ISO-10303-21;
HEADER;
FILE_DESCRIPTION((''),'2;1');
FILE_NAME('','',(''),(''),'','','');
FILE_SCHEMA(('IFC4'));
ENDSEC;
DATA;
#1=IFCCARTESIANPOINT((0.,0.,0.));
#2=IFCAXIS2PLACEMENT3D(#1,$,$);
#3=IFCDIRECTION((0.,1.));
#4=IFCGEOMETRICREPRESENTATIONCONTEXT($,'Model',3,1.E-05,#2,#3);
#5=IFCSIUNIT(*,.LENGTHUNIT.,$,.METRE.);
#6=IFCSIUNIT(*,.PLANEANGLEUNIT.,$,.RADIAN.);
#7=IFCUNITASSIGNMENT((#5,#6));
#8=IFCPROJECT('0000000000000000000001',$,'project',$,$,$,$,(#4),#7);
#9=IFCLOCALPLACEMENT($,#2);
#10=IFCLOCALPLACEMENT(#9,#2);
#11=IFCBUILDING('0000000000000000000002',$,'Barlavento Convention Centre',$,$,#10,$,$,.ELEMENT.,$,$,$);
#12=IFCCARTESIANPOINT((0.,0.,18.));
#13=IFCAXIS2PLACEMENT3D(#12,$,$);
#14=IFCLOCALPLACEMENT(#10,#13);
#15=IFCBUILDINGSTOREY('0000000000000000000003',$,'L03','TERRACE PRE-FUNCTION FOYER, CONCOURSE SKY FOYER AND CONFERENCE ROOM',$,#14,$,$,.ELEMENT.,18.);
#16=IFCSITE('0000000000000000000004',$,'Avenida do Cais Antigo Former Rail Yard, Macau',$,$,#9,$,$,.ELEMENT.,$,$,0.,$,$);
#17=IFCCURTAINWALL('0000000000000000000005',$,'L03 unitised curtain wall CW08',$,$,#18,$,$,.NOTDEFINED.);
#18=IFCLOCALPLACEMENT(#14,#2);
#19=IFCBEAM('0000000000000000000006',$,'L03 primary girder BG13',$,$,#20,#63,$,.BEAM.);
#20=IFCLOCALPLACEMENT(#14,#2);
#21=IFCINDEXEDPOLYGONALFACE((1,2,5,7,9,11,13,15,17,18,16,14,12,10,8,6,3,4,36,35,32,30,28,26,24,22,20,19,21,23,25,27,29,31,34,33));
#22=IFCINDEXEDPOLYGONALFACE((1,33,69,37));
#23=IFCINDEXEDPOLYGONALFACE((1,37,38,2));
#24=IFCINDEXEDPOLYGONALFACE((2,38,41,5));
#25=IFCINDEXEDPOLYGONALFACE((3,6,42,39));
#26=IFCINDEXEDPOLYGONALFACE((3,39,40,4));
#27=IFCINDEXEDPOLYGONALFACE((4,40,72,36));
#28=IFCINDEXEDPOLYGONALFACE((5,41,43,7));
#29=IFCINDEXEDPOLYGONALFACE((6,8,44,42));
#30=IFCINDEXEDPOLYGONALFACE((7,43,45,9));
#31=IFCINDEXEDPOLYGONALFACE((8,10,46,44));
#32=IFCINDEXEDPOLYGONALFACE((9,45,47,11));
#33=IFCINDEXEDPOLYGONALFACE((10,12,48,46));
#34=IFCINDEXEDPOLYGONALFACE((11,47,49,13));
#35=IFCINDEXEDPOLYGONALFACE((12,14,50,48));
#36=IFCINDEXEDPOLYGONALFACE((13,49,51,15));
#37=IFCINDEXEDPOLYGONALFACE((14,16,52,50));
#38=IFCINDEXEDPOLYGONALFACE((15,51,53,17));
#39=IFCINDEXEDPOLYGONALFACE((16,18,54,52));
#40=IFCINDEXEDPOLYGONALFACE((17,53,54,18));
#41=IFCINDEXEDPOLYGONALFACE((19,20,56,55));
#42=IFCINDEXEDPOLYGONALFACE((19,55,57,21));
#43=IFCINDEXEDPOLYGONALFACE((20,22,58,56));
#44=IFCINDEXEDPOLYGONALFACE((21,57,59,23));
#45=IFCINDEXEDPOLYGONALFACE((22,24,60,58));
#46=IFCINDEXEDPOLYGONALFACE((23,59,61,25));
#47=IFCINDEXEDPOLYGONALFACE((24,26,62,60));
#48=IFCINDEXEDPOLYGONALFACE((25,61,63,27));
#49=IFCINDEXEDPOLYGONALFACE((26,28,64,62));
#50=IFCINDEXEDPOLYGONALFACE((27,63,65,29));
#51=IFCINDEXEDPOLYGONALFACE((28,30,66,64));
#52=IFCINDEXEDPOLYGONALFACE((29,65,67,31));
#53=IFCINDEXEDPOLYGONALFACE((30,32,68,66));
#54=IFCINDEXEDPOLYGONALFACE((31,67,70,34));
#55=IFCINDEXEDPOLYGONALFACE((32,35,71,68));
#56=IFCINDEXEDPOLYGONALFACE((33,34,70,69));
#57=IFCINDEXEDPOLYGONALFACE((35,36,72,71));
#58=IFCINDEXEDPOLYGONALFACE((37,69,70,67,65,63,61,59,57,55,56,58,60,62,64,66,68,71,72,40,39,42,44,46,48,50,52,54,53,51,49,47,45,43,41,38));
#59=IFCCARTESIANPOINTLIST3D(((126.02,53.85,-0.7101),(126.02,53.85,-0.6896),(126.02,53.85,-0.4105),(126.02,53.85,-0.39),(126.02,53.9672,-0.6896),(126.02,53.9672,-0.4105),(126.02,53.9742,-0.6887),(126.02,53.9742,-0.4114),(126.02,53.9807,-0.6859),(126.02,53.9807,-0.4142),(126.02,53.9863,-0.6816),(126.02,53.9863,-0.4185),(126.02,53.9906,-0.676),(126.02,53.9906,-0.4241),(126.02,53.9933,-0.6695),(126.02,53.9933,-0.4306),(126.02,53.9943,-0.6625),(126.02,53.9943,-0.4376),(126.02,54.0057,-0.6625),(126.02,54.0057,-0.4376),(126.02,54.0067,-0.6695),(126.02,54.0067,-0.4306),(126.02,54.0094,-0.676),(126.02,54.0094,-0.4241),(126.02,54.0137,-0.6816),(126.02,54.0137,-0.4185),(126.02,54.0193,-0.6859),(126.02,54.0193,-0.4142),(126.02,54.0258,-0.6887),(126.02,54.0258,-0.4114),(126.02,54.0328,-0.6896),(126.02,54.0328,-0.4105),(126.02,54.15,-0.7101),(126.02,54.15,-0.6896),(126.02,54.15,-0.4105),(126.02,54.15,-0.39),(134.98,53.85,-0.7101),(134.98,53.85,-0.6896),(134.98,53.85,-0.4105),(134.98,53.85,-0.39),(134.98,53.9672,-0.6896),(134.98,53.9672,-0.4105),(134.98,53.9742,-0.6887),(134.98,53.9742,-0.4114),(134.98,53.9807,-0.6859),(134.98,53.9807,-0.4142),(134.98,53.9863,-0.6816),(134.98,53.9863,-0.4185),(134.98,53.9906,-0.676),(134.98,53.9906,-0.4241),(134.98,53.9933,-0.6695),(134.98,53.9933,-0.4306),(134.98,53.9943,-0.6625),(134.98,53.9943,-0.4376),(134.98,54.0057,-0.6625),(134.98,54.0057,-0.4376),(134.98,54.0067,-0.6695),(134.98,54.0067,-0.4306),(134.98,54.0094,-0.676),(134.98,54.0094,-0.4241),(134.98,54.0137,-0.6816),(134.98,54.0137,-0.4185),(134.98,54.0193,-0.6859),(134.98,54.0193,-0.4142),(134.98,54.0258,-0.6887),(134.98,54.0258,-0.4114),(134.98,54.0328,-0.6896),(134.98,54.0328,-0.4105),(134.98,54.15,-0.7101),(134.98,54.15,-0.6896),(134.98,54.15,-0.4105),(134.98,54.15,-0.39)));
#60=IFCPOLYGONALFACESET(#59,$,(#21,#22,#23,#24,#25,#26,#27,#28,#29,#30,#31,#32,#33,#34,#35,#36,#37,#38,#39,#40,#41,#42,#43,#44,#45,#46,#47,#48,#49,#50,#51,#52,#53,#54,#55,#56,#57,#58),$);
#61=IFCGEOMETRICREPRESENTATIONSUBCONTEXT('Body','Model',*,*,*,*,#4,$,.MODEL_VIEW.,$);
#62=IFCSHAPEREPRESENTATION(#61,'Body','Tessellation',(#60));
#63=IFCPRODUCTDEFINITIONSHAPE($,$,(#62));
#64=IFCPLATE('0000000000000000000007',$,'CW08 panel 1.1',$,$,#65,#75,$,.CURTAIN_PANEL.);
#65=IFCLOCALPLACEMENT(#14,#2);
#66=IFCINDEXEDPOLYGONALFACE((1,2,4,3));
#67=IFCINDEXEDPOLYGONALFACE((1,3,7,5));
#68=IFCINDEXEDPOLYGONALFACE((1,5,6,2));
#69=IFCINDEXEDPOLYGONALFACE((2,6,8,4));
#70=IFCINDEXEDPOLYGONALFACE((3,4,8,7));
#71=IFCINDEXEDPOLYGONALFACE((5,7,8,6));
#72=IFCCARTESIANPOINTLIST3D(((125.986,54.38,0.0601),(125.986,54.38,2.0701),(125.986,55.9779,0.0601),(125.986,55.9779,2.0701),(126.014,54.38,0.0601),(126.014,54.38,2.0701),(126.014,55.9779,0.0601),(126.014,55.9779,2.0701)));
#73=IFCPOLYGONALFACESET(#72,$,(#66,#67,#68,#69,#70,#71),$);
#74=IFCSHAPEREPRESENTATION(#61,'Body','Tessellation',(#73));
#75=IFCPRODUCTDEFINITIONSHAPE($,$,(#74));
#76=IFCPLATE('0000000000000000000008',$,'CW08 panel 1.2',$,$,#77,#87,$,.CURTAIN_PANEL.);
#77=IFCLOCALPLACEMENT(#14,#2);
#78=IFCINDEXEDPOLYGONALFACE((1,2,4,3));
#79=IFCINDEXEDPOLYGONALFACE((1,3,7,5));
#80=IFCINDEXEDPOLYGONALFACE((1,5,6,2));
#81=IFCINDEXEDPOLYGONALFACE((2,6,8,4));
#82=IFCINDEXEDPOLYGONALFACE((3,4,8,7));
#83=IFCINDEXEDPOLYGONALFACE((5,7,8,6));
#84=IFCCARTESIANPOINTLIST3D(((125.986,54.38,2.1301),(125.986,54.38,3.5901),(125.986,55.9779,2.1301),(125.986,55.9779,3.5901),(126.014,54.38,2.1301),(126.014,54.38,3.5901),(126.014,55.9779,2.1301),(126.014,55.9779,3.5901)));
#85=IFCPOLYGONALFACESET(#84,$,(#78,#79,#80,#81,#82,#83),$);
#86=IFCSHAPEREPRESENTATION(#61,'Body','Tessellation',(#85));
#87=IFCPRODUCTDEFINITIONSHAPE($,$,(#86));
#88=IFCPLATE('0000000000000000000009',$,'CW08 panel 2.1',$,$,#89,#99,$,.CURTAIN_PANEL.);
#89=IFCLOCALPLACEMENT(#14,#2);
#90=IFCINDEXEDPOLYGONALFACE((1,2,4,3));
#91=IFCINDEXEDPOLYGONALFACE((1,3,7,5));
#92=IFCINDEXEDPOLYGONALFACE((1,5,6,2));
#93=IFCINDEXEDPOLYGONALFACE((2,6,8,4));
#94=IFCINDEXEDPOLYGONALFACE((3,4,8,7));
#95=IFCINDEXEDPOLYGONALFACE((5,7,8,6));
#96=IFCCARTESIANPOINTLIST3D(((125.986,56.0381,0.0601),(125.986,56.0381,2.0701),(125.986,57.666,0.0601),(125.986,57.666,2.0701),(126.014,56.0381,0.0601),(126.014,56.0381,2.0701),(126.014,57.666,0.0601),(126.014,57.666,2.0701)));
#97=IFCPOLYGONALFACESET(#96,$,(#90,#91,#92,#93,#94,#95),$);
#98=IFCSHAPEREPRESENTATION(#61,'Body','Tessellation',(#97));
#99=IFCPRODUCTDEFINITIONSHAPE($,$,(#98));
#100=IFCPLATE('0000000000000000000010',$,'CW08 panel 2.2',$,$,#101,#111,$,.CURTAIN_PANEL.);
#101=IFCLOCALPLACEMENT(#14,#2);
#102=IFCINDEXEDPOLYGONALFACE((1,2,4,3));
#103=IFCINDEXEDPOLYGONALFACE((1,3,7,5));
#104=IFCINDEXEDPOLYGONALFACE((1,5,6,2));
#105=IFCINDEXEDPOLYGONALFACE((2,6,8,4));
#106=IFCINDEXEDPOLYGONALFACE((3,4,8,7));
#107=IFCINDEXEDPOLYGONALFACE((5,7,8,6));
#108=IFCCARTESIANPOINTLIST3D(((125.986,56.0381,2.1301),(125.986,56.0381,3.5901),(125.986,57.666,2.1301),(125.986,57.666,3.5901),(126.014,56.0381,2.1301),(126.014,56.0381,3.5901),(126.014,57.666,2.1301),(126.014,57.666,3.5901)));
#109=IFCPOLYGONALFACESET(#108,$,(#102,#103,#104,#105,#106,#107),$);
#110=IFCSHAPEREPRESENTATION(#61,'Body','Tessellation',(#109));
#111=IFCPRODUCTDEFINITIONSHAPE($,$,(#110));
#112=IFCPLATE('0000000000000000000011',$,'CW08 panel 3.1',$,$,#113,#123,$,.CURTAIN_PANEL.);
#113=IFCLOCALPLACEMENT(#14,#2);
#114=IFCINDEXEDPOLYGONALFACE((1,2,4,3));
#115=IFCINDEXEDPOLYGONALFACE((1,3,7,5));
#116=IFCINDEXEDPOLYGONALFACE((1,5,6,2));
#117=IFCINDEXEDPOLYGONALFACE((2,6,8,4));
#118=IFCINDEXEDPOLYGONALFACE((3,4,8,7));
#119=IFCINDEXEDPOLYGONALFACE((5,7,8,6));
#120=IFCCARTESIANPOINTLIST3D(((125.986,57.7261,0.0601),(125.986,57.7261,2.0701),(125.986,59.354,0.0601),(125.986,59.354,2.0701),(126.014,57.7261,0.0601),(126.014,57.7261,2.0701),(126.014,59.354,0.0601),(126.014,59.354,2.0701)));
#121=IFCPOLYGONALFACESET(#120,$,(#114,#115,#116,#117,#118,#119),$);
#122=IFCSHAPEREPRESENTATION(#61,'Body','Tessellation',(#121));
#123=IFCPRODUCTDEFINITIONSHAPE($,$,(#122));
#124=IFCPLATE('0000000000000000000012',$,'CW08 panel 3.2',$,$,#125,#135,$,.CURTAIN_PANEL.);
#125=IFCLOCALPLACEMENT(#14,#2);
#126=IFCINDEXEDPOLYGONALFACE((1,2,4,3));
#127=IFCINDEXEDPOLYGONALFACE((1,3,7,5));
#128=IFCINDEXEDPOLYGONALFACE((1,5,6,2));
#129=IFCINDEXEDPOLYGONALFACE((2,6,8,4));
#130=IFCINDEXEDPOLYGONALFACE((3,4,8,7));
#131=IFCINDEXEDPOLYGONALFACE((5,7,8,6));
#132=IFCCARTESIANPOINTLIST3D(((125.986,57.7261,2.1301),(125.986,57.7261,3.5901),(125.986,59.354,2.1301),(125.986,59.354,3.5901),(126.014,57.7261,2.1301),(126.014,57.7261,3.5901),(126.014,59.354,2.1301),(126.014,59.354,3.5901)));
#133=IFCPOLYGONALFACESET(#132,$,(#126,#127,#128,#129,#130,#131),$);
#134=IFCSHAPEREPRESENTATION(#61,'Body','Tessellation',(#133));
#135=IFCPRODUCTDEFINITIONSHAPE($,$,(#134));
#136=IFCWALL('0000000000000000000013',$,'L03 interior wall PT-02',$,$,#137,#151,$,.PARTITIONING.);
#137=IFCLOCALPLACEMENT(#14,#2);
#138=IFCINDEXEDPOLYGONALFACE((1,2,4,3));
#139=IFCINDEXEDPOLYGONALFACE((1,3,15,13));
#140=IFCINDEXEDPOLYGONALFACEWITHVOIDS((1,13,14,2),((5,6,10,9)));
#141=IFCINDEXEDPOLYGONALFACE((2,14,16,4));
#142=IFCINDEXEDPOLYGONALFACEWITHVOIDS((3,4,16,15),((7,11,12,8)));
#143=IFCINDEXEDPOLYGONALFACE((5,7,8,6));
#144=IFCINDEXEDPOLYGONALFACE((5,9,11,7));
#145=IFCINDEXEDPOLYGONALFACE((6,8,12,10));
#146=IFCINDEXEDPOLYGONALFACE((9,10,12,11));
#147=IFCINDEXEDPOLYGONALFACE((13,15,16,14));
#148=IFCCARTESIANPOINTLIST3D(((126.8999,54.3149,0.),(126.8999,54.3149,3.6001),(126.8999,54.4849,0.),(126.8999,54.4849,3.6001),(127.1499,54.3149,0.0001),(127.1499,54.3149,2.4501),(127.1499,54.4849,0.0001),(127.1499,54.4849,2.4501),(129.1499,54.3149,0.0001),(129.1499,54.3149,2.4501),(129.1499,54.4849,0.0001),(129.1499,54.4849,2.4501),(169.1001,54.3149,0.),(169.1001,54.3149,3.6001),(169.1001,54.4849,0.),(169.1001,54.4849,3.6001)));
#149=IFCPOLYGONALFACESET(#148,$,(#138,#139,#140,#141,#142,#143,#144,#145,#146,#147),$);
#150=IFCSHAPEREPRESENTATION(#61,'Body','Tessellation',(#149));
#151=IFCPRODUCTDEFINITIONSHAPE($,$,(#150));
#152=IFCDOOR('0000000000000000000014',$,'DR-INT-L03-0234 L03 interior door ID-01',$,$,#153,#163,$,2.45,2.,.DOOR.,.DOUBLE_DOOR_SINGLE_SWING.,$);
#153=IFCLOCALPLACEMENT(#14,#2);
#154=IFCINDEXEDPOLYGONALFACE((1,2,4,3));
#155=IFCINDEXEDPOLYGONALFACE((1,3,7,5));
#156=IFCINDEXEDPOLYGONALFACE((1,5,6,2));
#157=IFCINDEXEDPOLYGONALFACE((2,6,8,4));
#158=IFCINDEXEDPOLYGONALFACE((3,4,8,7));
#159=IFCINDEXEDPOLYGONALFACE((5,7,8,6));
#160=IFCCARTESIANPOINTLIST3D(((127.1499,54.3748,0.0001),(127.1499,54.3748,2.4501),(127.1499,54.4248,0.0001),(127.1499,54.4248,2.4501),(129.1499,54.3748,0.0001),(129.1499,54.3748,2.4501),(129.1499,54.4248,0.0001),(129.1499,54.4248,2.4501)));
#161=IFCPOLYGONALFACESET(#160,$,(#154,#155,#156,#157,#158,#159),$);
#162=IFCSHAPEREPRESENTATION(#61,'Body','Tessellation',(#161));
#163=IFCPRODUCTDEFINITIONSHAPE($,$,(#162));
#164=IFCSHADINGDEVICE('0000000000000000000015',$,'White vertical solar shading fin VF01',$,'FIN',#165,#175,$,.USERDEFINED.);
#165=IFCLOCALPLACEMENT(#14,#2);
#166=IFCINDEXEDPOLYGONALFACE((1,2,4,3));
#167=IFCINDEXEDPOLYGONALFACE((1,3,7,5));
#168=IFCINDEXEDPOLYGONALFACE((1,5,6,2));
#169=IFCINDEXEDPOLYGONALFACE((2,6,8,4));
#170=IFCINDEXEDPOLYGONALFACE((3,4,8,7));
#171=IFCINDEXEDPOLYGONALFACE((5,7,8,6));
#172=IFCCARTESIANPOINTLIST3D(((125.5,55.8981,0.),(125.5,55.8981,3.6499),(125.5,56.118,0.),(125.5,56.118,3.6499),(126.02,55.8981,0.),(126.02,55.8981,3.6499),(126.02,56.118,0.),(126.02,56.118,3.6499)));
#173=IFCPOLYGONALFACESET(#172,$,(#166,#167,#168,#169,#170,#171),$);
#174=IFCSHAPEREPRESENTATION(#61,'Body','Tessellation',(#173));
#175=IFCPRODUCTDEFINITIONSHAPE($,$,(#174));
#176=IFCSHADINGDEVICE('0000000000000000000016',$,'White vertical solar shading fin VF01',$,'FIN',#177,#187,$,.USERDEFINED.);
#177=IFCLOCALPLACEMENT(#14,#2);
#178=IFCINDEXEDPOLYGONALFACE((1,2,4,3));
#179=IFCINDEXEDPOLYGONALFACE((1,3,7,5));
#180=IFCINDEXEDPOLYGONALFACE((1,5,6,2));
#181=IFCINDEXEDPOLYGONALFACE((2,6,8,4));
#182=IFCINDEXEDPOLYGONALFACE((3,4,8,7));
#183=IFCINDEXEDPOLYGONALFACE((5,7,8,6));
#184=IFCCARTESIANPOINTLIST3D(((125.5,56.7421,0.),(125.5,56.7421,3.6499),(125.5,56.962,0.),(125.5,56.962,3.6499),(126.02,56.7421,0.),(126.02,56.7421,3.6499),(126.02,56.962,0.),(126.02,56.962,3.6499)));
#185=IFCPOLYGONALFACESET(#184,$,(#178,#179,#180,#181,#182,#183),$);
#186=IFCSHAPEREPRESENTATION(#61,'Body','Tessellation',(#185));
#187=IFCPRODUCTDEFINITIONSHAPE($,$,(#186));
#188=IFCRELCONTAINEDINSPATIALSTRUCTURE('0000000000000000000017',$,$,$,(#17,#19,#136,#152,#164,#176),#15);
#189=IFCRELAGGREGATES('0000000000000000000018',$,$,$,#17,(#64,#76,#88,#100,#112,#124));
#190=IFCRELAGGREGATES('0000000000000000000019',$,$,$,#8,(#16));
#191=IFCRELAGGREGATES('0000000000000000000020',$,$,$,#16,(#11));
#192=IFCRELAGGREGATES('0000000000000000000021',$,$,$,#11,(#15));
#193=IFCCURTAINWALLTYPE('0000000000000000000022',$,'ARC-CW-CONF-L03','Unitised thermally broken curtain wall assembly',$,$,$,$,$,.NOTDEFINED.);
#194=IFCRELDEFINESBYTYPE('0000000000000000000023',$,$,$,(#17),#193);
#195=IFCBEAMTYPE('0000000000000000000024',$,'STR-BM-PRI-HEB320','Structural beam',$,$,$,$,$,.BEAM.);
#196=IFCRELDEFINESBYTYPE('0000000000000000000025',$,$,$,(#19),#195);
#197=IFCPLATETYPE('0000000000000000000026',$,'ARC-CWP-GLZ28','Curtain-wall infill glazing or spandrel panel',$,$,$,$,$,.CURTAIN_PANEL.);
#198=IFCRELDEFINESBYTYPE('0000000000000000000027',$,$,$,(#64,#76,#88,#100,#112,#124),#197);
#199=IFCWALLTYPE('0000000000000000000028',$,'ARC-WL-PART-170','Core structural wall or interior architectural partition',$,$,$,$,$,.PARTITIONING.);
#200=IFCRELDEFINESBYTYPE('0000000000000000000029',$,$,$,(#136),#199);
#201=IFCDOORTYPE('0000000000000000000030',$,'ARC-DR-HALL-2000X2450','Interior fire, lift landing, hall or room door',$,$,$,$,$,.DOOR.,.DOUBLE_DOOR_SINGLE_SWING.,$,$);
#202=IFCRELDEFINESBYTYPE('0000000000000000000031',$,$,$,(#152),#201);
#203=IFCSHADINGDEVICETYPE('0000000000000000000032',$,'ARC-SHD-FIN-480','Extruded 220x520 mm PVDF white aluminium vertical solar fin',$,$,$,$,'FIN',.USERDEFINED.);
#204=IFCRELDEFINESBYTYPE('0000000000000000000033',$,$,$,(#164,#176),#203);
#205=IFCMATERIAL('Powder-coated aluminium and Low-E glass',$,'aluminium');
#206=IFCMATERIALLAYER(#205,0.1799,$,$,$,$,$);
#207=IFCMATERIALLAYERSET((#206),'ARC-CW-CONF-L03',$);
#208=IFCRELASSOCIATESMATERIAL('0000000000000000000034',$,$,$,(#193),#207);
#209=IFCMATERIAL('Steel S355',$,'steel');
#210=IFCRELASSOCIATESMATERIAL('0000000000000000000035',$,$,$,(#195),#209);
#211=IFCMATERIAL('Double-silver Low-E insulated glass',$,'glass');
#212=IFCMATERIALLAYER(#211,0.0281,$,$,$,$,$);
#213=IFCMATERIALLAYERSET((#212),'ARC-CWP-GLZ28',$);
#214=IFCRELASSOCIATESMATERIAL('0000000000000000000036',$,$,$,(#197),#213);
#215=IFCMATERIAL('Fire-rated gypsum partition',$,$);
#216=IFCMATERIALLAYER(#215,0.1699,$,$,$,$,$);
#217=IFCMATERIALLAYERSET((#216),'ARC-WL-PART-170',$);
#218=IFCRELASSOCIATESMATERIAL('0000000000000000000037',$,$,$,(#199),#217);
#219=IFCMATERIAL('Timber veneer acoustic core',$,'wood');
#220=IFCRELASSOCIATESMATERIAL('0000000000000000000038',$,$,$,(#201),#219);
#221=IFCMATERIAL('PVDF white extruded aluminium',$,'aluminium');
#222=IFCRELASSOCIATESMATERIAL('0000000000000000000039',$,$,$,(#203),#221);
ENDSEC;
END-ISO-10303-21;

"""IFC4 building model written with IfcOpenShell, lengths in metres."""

from ifc_helpers import new_model, si_unit, direction, frame, frame_2d, origin, origin_2d, place, context, subcontext, project, spatial, rectangle, i_section, extrude, material, layer, layer_set, material_profile, profile_set, type_object, element, fill, aggregate, save


model = new_model("IFC4")

# Units and contexts
model_context = context("Model", 3, precision=1e-05, world=origin(), true_north=direction((0.0, 1.0)))
body_context = subcontext(model_context, "Body", "Model", "MODEL_VIEW")
ifc_project = project(units=[si_unit("LENGTHUNIT", "METRE"), si_unit("PLANEANGLEUNIT", "RADIAN")], contexts=[model_context])

# Site, building, storey
site_placement = place(None, origin())
site = spatial("IfcSite", under=ifc_project, at=site_placement, Name="Avenida do Cais Antigo Former Rail Yard, Macau", CompositionType="ELEMENT", RefElevation=0.0)
building_placement = place(site_placement, origin())
building = spatial("IfcBuilding", under=site, at=building_placement, Name="Barlavento Convention Centre", CompositionType="ELEMENT")
storey_placement = place(building_placement, frame((0.0, 0.0, 18.0)))
storey = spatial("IfcBuildingStorey", under=building, at=storey_placement, Name="L03", Description="TERRACE PRE-FUNCTION FOYER, CONCOURSE SKY FOYER AND CONFERENCE ROOM", CompositionType="ELEMENT", Elevation=18.0)

# Shared definitions
ifc_material_1 = material(Name="Steel S355", Category="steel")

# Curtain wall
ifc_material_2 = material(Name="Powder-coated aluminium and Low-E glass", Category="aluminium")
ifc_layer_1 = layer(ifc_material_2, 0.1799)
ifc_layer_set_1 = layer_set([ifc_layer_1], Name="ARC-CW-CONF-L03")
curtain_wall_type = type_object("IfcCurtainWallType", Name="ARC-CW-CONF-L03", Description="Unitised thermally broken curtain wall assembly", PredefinedType="NOTDEFINED", material=ifc_layer_set_1)
curtain_wall_placement = place(storey_placement, origin())
curtain_wall = element("IfcCurtainWall", 1, at=curtain_wall_placement, inside=storey, type_object=curtain_wall_type, Name="L03 unitised curtain wall CW08", PredefinedType="NOTDEFINED")

# Beam
ifc_material_profile_1 = material_profile(ifc_material_1, i_section(OverallWidth=0.3, OverallDepth=0.3201, WebThickness=0.0115, FlangeThickness=0.0205, FilletRadius=0.0271, at=origin_2d()), Name="HEB 320")
ifc_profile_set_1 = profile_set([ifc_material_profile_1], Name="Steel S355")
beam_type_1 = type_object("IfcBeamType", Name="STR-BM-PRI-HEB320", Description="Structural beam", PredefinedType="BEAM", material=ifc_profile_set_1)
beam_1_placement = place(storey_placement, frame((126.02, 54.0, -0.55), z_axis=(1.0, 0.0, 0.0), x_axis=(0.0, 1.0, 0.0)))
element("IfcBeam", 2, at=beam_1_placement, inside=storey, type_object=beam_type_1, Name="L03 primary girder BG13", PredefinedType="BEAM", context=body_context, shape_type="SweptSolid", body=[
    extrude(i_section(OverallWidth=0.3, OverallDepth=0.3201, WebThickness=0.0115, FlangeThickness=0.0205, FilletRadius=0.0271, at=origin_2d()), origin(), (0.0, 0.0, 1.0), 8.96),
])

# Plates
ifc_material_3 = material(Name="Double-silver Low-E insulated glass", Category="glass")
ifc_layer_2 = layer(ifc_material_3, 0.0281)
ifc_layer_set_2 = layer_set([ifc_layer_2], Name="ARC-CWP-GLZ28")
plate_type = type_object("IfcPlateType", Name="ARC-CWP-GLZ28", Description="Curtain-wall infill glazing or spandrel panel", PredefinedType="CURTAIN_PANEL", material=ifc_layer_set_2)
plate_1_placement = place(storey_placement, frame((126.0, 55.179, 0.0601), z_axis=(0.0, 0.0, 1.0), x_axis=(0.0, 1.0, 0.0)))
plate_1 = element("IfcPlate", 3, at=plate_1_placement, type_object=plate_type, Name="CW08 panel 1.1", PredefinedType="CURTAIN_PANEL", context=body_context, shape_type="SweptSolid", body=[
    extrude(rectangle(XDim=1.5979, YDim=0.0281, at=origin_2d()), origin(), (0.0, 0.0, 1.0), 2.01),
])
plate_2_placement = place(storey_placement, frame((126.0, 55.179, 2.1301), z_axis=(0.0, 0.0, 1.0), x_axis=(0.0, 1.0, 0.0)))
plate_2 = element("IfcPlate", 4, at=plate_2_placement, type_object=plate_type, Name="CW08 panel 1.2", PredefinedType="CURTAIN_PANEL", context=body_context, shape_type="SweptSolid", body=[
    extrude(rectangle(XDim=1.5979, YDim=0.0281, at=origin_2d()), origin(), (0.0, 0.0, 1.0), 1.46),
])
plate_3_placement = place(storey_placement, frame((126.0, 56.8521, 0.0601), z_axis=(0.0, 0.0, 1.0), x_axis=(0.0, 1.0, 0.0)))
plate_3 = element("IfcPlate", 5, at=plate_3_placement, type_object=plate_type, Name="CW08 panel 2.1", PredefinedType="CURTAIN_PANEL", context=body_context, shape_type="SweptSolid", body=[
    extrude(rectangle(XDim=1.6279, YDim=0.0281, at=origin_2d()), origin(), (0.0, 0.0, 1.0), 2.01),
])
plate_4_placement = place(storey_placement, frame((126.0, 56.8521, 2.1301), z_axis=(0.0, 0.0, 1.0), x_axis=(0.0, 1.0, 0.0)))
plate_4 = element("IfcPlate", 6, at=plate_4_placement, type_object=plate_type, Name="CW08 panel 2.2", PredefinedType="CURTAIN_PANEL", context=body_context, shape_type="SweptSolid", body=[
    extrude(rectangle(XDim=1.6279, YDim=0.0281, at=origin_2d()), origin(), (0.0, 0.0, 1.0), 1.46),
])
plate_5_placement = place(storey_placement, frame((126.0, 58.54, 0.0601), z_axis=(0.0, 0.0, 1.0), x_axis=(0.0, 1.0, 0.0)))
plate_5 = element("IfcPlate", 7, at=plate_5_placement, type_object=plate_type, Name="CW08 panel 3.1", PredefinedType="CURTAIN_PANEL", context=body_context, shape_type="SweptSolid", body=[
    extrude(rectangle(XDim=1.6279, YDim=0.0281, at=origin_2d()), origin(), (0.0, 0.0, 1.0), 2.01),
])
plate_6_placement = place(storey_placement, frame((126.0, 58.54, 2.1301), z_axis=(0.0, 0.0, 1.0), x_axis=(0.0, 1.0, 0.0)))
plate_6 = element("IfcPlate", 8, at=plate_6_placement, type_object=plate_type, Name="CW08 panel 3.2", PredefinedType="CURTAIN_PANEL", context=body_context, shape_type="SweptSolid", body=[
    extrude(rectangle(XDim=1.6279, YDim=0.0281, at=origin_2d()), origin(), (0.0, 0.0, 1.0), 1.46),
])
aggregate(curtain_wall, [plate_1, plate_2, plate_3, plate_4, plate_5, plate_6])

# Wall, opening, door
ifc_material_4 = material(Name="Fire-rated gypsum partition")
ifc_layer_3 = layer(ifc_material_4, 0.1699)
ifc_layer_set_3 = layer_set([ifc_layer_3], Name="ARC-WL-PART-170")
wall_type = type_object("IfcWallType", Name="ARC-WL-PART-170", Description="Core structural wall or interior architectural partition", PredefinedType="PARTITIONING", material=ifc_layer_set_3)
wall_placement = place(storey_placement, frame((126.8999, 54.3999, 0.0), z_axis=(0.0, 0.0, 1.0), x_axis=(1.0, 0.0, 0.0)))
wall = element("IfcWall", 9, at=wall_placement, inside=storey, type_object=wall_type, Name="L03 interior wall PT-02", PredefinedType="PARTITIONING", context=body_context, shape_type="SweptSolid", body=[
    extrude(rectangle(XDim=42.2002, YDim=0.1699, at=frame_2d((21.1001, 0.0))), origin(), (0.0, 0.0, 1.0), 3.6001),
])
opening_placement = place(wall_placement, frame((0.25, 0.0, 0.0)))
opening = element("IfcOpeningElement", 10, at=opening_placement, cuts=wall, PredefinedType="OPENING", context=body_context, shape_type="SweptSolid", body=[
    extrude(rectangle(XDim=2.0, YDim=2.45, at=frame_2d((1.0, 1.2251))), frame((0.0, 0.095, 0.0), z_axis=(0.0, -1.0, 0.0), x_axis=(1.0, 0.0, 0.0)), (0.0, 0.0, 1.0), 0.1899),
])
ifc_material_5 = material(Name="Timber veneer acoustic core", Category="wood")
door_type = type_object("IfcDoorType", Name="ARC-DR-HALL-2000X2450", Description="Interior fire, lift landing, hall or room door", OperationType="DOUBLE_DOOR_SINGLE_SWING", PredefinedType="DOOR", material=ifc_material_5)
door_placement = place(opening_placement, origin())
door = element("IfcDoor", 11, at=door_placement, inside=storey, type_object=door_type, Name="DR-INT-L03-0234 L03 interior door ID-01", OperationType="DOUBLE_DOOR_SINGLE_SWING", OverallHeight=2.45, OverallWidth=2.0, PredefinedType="DOOR", context=body_context, shape_type="SweptSolid", body=[
    extrude(rectangle(XDim=2.0, YDim=2.45, at=frame_2d((1.0, 1.2251))), frame((0.0, 0.0249, 0.0), z_axis=(0.0, -1.0, 0.0), x_axis=(1.0, 0.0, 0.0)), (0.0, 0.0, 1.0), 0.05),
])
fill(opening, door)

# Shading devices
ifc_material_6 = material(Name="PVDF white extruded aluminium", Category="aluminium")
shading_device_type = type_object("IfcShadingDeviceType", Name="ARC-SHD-FIN-480", Description="Extruded 220x520 mm PVDF white aluminium vertical solar fin", ElementType="FIN", PredefinedType="USERDEFINED", material=ifc_material_6)
for number, where, z_axis, x_axis, name in (
    (12, (125.76, 56.0081, 0.0), (0.0, 0.0, 1.0), (0.0, 1.0, 0.0), "White vertical solar shading fin VF01"),
    (13, (125.76, 56.8521, 0.0), (0.0, 0.0, 1.0), (0.0, 1.0, 0.0), "White vertical solar shading fin VF01"),
):
    element("IfcShadingDevice", number, at=place(storey_placement, frame(where, z_axis=z_axis, x_axis=x_axis)), inside=storey, type_object=shading_device_type, Name=name, ObjectType="FIN", PredefinedType="USERDEFINED", context=body_context, shape_type="SweptSolid", body=[
        extrude(rectangle(XDim=0.22, YDim=0.52, at=origin_2d()), origin(), (0.0, 0.0, 1.0), 3.6499),
    ])

save(model, "model.ifc")
